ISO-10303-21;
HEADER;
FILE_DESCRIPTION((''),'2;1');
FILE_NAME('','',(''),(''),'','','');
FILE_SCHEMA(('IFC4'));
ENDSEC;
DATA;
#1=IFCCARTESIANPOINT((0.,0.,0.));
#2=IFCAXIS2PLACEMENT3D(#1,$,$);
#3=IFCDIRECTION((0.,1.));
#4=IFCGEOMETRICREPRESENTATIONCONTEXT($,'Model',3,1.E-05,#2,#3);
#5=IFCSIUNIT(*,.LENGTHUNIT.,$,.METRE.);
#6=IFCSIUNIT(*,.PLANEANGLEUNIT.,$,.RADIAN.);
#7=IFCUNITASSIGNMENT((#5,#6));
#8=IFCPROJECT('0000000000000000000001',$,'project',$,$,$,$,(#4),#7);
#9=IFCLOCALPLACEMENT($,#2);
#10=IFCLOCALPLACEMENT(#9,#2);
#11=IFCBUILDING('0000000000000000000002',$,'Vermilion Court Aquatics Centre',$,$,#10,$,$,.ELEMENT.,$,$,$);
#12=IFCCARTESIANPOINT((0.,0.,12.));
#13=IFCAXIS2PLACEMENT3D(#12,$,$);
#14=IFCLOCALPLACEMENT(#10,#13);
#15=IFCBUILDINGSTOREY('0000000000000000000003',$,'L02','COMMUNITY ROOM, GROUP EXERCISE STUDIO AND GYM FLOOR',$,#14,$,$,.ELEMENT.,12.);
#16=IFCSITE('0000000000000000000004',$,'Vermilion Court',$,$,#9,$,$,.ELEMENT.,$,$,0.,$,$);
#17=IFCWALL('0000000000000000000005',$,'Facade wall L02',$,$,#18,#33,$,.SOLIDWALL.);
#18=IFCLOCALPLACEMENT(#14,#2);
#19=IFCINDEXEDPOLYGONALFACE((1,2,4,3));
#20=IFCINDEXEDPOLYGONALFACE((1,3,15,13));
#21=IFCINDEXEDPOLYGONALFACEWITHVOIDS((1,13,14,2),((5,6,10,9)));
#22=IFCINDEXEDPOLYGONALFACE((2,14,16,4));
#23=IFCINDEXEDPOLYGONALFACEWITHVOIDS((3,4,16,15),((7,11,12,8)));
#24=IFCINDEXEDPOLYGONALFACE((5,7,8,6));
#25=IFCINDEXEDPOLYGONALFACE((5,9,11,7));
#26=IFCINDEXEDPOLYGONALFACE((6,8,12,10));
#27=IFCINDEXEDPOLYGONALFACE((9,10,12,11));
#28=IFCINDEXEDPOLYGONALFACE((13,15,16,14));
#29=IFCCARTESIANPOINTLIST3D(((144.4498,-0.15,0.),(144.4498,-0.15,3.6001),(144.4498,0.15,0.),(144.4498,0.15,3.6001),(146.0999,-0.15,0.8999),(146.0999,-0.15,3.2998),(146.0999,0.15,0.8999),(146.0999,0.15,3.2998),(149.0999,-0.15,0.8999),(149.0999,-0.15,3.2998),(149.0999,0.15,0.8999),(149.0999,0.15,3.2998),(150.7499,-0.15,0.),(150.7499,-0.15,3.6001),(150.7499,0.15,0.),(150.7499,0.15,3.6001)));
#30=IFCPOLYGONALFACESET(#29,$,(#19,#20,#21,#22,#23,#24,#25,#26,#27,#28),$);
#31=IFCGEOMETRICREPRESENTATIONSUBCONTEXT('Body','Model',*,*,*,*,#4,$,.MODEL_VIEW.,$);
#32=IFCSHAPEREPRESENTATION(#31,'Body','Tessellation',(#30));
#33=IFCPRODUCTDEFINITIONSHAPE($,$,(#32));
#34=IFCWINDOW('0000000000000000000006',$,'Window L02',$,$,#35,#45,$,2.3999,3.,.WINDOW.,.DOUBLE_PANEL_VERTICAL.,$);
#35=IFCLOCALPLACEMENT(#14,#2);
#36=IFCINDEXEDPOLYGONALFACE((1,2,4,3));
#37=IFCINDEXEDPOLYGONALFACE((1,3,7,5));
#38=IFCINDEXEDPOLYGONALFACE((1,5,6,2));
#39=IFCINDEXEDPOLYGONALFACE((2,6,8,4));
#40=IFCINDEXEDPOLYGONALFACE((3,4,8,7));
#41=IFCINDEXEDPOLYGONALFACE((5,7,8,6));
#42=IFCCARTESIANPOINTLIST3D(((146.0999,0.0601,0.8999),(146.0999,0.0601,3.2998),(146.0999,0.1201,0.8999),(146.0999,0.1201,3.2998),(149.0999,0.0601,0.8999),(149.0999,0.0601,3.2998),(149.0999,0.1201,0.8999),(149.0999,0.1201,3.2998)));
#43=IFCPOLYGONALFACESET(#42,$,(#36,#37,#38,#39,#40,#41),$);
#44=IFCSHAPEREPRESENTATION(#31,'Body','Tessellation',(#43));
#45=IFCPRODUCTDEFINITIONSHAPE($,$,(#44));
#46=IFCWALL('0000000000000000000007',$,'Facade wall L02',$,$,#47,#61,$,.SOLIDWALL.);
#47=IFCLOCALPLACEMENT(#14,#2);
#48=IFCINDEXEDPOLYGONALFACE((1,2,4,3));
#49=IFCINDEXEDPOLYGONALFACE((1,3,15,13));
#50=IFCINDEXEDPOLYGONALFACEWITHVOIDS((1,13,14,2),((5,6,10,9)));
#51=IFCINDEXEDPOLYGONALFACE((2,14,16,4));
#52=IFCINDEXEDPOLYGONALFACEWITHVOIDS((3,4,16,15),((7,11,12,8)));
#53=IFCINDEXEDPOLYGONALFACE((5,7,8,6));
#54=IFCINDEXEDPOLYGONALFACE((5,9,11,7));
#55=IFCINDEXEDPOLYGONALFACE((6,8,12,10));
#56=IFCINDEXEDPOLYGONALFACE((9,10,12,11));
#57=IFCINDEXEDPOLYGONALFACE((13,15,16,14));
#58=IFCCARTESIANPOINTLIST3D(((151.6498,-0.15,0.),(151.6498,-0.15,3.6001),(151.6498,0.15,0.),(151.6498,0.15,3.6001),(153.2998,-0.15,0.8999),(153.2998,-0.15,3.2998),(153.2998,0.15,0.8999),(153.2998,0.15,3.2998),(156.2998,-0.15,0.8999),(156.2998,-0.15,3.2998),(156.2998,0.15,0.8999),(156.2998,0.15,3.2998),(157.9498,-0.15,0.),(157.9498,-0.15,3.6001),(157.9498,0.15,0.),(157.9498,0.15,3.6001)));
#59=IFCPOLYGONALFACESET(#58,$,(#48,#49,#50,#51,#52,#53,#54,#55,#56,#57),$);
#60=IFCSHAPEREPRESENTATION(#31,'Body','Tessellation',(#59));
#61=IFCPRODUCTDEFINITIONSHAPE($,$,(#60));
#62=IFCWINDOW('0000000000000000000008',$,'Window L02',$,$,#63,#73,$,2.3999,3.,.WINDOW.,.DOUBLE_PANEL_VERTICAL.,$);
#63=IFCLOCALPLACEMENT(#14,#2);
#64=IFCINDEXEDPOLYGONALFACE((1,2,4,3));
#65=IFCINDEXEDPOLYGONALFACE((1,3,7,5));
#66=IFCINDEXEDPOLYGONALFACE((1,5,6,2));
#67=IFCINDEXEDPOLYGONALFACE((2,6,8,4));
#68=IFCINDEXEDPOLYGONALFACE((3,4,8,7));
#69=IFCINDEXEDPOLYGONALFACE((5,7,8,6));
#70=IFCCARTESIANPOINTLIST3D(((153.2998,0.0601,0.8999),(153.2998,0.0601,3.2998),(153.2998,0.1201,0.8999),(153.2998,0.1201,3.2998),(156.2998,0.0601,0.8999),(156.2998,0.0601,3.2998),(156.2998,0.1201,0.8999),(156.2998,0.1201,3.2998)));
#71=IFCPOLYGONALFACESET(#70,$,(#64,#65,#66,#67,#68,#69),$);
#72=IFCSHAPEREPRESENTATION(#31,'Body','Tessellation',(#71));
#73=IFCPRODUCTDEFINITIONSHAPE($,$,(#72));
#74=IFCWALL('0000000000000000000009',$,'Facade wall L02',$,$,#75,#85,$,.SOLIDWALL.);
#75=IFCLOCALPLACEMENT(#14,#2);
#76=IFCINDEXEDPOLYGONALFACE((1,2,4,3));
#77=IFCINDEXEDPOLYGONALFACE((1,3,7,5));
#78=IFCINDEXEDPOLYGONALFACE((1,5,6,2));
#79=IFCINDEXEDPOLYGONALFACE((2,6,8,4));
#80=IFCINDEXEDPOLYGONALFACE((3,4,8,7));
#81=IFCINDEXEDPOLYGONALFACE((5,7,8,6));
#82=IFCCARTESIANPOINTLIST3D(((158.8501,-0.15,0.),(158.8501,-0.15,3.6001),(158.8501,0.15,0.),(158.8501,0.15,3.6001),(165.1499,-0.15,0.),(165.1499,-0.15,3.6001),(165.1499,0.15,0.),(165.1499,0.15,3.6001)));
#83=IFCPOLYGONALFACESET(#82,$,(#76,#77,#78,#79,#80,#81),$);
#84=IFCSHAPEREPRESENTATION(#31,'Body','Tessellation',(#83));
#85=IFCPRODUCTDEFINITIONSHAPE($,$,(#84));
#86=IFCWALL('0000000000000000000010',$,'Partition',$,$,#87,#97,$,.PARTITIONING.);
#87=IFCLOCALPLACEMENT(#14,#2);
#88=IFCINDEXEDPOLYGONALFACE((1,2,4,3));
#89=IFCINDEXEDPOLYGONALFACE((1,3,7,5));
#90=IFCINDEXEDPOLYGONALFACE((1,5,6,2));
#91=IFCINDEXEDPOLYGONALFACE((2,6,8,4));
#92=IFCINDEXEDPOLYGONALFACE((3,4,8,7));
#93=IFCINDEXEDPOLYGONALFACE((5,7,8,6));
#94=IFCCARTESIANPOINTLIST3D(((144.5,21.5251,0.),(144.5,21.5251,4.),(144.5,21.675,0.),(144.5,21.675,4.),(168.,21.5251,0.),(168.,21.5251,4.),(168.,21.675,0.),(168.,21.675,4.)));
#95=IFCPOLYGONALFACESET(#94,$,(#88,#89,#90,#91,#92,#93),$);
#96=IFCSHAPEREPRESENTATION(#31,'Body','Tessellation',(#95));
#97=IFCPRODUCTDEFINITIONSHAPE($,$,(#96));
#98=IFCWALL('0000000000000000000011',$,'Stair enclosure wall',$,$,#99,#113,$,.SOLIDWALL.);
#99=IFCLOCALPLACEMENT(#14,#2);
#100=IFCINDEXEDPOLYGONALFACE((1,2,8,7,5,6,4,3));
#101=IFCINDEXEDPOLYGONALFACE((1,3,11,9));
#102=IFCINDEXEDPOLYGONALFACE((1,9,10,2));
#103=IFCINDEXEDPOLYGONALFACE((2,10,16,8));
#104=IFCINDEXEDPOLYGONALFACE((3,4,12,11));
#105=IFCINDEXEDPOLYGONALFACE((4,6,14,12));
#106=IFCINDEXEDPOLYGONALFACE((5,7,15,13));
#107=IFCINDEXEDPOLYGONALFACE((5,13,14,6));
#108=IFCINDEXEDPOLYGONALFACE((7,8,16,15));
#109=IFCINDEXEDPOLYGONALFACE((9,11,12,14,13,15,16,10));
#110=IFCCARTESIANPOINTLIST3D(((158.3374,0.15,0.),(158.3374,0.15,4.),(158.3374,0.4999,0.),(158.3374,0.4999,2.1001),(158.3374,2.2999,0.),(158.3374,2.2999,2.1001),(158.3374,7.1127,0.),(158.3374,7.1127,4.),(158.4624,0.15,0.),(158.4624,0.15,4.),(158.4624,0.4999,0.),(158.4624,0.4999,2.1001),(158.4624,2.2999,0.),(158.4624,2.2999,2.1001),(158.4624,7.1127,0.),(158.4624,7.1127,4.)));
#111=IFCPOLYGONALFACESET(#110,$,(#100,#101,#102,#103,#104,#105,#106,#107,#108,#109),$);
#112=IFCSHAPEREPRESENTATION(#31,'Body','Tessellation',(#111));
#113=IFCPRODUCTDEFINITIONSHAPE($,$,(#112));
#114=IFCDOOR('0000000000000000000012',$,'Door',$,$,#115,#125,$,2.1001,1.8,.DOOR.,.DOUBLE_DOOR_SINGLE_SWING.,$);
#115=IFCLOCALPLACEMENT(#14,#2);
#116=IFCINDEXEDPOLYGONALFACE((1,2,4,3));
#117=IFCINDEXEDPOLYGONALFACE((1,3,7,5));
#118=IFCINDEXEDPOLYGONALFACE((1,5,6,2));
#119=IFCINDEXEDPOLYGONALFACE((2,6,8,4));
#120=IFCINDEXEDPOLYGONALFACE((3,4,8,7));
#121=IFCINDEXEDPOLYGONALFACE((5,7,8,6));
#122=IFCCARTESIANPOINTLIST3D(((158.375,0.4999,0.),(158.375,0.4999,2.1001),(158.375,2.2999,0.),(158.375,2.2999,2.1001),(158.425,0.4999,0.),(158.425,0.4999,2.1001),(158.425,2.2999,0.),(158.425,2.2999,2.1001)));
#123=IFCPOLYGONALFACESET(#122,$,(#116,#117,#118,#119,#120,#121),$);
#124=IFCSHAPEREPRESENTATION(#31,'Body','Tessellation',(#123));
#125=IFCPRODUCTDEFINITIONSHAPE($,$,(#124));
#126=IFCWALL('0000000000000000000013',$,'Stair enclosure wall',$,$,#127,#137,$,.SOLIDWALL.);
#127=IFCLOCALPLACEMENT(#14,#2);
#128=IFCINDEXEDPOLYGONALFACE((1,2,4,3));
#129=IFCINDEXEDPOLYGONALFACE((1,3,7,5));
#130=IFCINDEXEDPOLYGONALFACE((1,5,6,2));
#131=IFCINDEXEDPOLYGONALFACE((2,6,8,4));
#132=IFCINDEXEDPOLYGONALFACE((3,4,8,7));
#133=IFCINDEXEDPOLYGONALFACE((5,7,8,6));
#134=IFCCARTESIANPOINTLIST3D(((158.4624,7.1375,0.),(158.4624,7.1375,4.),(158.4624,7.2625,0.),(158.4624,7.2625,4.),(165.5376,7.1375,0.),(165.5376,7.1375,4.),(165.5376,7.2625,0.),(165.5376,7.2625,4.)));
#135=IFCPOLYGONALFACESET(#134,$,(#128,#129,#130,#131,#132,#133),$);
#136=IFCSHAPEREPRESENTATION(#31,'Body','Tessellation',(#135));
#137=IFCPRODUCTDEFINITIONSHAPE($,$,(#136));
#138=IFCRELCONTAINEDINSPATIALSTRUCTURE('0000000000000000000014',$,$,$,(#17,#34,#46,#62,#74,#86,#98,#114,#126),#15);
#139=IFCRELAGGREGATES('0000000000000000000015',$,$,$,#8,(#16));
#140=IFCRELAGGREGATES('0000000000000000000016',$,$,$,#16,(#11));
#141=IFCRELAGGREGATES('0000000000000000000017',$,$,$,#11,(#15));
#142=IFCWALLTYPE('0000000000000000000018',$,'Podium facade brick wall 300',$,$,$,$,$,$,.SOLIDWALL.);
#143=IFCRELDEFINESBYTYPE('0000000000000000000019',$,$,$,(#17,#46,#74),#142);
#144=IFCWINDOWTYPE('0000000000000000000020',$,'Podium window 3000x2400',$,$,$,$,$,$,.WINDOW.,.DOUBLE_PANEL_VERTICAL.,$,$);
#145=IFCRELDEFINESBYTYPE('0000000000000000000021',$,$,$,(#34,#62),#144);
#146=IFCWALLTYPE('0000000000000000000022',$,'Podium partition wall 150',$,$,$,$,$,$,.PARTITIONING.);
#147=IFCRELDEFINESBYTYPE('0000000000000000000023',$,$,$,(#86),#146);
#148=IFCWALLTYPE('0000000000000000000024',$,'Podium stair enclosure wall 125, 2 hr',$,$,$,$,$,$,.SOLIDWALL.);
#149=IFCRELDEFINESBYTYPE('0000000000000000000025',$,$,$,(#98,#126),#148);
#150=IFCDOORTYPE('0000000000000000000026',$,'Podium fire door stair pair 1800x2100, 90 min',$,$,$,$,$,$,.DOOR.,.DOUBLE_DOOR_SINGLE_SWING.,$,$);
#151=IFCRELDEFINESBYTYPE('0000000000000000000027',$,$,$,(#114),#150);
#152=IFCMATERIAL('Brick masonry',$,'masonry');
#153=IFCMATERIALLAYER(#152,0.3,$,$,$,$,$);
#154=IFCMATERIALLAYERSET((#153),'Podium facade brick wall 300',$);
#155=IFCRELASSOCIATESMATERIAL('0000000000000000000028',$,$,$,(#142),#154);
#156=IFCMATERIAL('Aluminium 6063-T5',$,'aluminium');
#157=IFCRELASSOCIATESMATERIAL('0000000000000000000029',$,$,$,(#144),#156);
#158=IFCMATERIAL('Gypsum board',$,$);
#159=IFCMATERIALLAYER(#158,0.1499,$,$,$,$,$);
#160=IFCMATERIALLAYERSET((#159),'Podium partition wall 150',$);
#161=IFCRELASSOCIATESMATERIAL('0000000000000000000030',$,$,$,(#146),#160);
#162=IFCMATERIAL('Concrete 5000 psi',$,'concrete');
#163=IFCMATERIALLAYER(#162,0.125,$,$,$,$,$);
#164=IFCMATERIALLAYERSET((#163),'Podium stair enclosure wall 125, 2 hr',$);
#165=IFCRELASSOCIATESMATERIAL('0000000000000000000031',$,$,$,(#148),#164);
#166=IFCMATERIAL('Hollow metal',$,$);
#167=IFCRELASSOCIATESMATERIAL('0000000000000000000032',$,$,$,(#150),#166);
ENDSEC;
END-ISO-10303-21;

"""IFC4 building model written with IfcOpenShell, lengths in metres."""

from ifc_helpers import new_model, si_unit, direction, frame, frame_2d, origin, place, context, subcontext, project, spatial, rectangle, extrude, material, layer, layer_set, type_object, element, fill, save


model = new_model("IFC4")

# Units and contexts
model_context = context("Model", 3, precision=1e-05, world=origin(), true_north=direction((0.0, 1.0)))
body_context = subcontext(model_context, "Body", "Model", "MODEL_VIEW")
ifc_project = project(units=[si_unit("LENGTHUNIT", "METRE"), si_unit("PLANEANGLEUNIT", "RADIAN")], contexts=[model_context])

# Site, building, storey
site_placement = place(None, origin())
site = spatial("IfcSite", under=ifc_project, at=site_placement, Name="Vermilion Court", CompositionType="ELEMENT", RefElevation=0.0)
building_placement = place(site_placement, origin())
building = spatial("IfcBuilding", under=site, at=building_placement, Name="Vermilion Court Aquatics Centre", CompositionType="ELEMENT")
storey_placement = place(building_placement, frame((0.0, 0.0, 12.0)))
storey = spatial("IfcBuildingStorey", under=building, at=storey_placement, Name="L02", Description="COMMUNITY ROOM, GROUP EXERCISE STUDIO AND GYM FLOOR", CompositionType="ELEMENT", Elevation=12.0)

# Walls, openings, windows
ifc_material_1 = material(Name="Brick masonry", Category="masonry")
ifc_layer_1 = layer(ifc_material_1, 0.3)
ifc_layer_set_1 = layer_set([ifc_layer_1], Name="Podium facade brick wall 300")
wall_type_1 = type_object("IfcWallType", Name="Podium facade brick wall 300", PredefinedType="SOLIDWALL", material=ifc_layer_set_1)
wall_1_placement = place(storey_placement, frame((144.45, 0.0, 0.0), z_axis=(0.0, 0.0, 1.0), x_axis=(1.0, 0.0, 0.0)))
wall_1 = element("IfcWall", 1, at=wall_1_placement, inside=storey, type_object=wall_type_1, Name="Facade wall L02", PredefinedType="SOLIDWALL", context=body_context, shape_type="SweptSolid", body=[
    extrude(rectangle(XDim=6.3, YDim=0.3, at=frame_2d((3.1499, 0.0))), origin(), (0.0, 0.0, 1.0), 3.6001),
])
opening_1_placement = place(wall_1_placement, frame((1.6499, 0.0, 0.8999)))
opening_1 = element("IfcOpeningElement", 2, at=opening_1_placement, cuts=wall_1, PredefinedType="OPENING", context=body_context, shape_type="SweptSolid", body=[
    extrude(rectangle(XDim=3.0, YDim=2.3999, at=frame_2d((1.5, 1.2))), frame((0.0, 0.1599, 0.0), z_axis=(0.0, -1.0, 0.0), x_axis=(1.0, 0.0, 0.0)), (0.0, 0.0, 1.0), 0.3201),
])
ifc_material_2 = material(Name="Aluminium 6063-T5", Category="aluminium")
window_type = type_object("IfcWindowType", Name="Podium window 3000x2400", PartitioningType="DOUBLE_PANEL_VERTICAL", PredefinedType="WINDOW", material=ifc_material_2)
window_1_placement = place(opening_1_placement, origin())
window_1 = element("IfcWindow", 3, at=window_1_placement, inside=storey, type_object=window_type, Name="Window L02", OverallHeight=2.3999, OverallWidth=3.0, PartitioningType="DOUBLE_PANEL_VERTICAL", PredefinedType="WINDOW", context=body_context, shape_type="SweptSolid", body=[
    extrude(rectangle(XDim=3.0, YDim=2.3999, at=frame_2d((1.5, 1.2))), frame((0.0, 0.1201, 0.0), z_axis=(0.0, -1.0, 0.0), x_axis=(1.0, 0.0, 0.0)), (0.0, 0.0, 1.0), 0.0601),
])
fill(opening_1, window_1)
wall_2_placement = place(storey_placement, frame((151.6499, 0.0, 0.0), z_axis=(0.0, 0.0, 1.0), x_axis=(1.0, 0.0, 0.0)))
wall_2 = element("IfcWall", 4, at=wall_2_placement, inside=storey, type_object=wall_type_1, Name="Facade wall L02", PredefinedType="SOLIDWALL", context=body_context, shape_type="SweptSolid", body=[
    extrude(rectangle(XDim=6.3, YDim=0.3, at=frame_2d((3.1499, 0.0))), origin(), (0.0, 0.0, 1.0), 3.6001),
])
opening_2_placement = place(wall_2_placement, frame((1.6499, 0.0, 0.8999)))
opening_2 = element("IfcOpeningElement", 5, at=opening_2_placement, cuts=wall_2, PredefinedType="OPENING", context=body_context, shape_type="SweptSolid", body=[
    extrude(rectangle(XDim=3.0, YDim=2.3999, at=frame_2d((1.5, 1.2))), frame((0.0, 0.1599, 0.0), z_axis=(0.0, -1.0, 0.0), x_axis=(1.0, 0.0, 0.0)), (0.0, 0.0, 1.0), 0.3201),
])
window_2_placement = place(opening_2_placement, origin())
window_2 = element("IfcWindow", 6, at=window_2_placement, inside=storey, type_object=window_type, Name="Window L02", OverallHeight=2.3999, OverallWidth=3.0, PartitioningType="DOUBLE_PANEL_VERTICAL", PredefinedType="WINDOW", context=body_context, shape_type="SweptSolid", body=[
    extrude(rectangle(XDim=3.0, YDim=2.3999, at=frame_2d((1.5, 1.2))), frame((0.0, 0.1201, 0.0), z_axis=(0.0, -1.0, 0.0), x_axis=(1.0, 0.0, 0.0)), (0.0, 0.0, 1.0), 0.0601),
])
fill(opening_2, window_2)

# Walls
wall_3_placement = place(storey_placement, frame((158.8501, 0.0, 0.0), z_axis=(0.0, 0.0, 1.0), x_axis=(1.0, 0.0, 0.0)))
element("IfcWall", 7, at=wall_3_placement, inside=storey, type_object=wall_type_1, Name="Facade wall L02", PredefinedType="SOLIDWALL", context=body_context, shape_type="SweptSolid", body=[
    extrude(rectangle(XDim=6.2998, YDim=0.3, at=frame_2d((3.1499, 0.0))), origin(), (0.0, 0.0, 1.0), 3.6001),
])
ifc_material_3 = material(Name="Gypsum board")
ifc_layer_2 = layer(ifc_material_3, 0.1499)
ifc_layer_set_2 = layer_set([ifc_layer_2], Name="Podium partition wall 150")
wall_type_2 = type_object("IfcWallType", Name="Podium partition wall 150", PredefinedType="PARTITIONING", material=ifc_layer_set_2)
wall_4_placement = place(storey_placement, frame((144.5, 21.6001, 0.0), z_axis=(0.0, 0.0, 1.0), x_axis=(1.0, 0.0, 0.0)))
element("IfcWall", 8, at=wall_4_placement, inside=storey, type_object=wall_type_2, Name="Partition", PredefinedType="PARTITIONING", context=body_context, shape_type="SweptSolid", body=[
    extrude(rectangle(XDim=23.5, YDim=0.1499, at=frame_2d((11.75, 0.0))), origin(), (0.0, 0.0, 1.0), 4.0),
])

# Wall, opening, door
ifc_material_4 = material(Name="Concrete 5000 psi", Category="concrete")
ifc_layer_3 = layer(ifc_material_4, 0.125)
ifc_layer_set_3 = layer_set([ifc_layer_3], Name="Podium stair enclosure wall 125, 2 hr")
wall_type_3 = type_object("IfcWallType", Name="Podium stair enclosure wall 125, 2 hr", PredefinedType="SOLIDWALL", material=ifc_layer_set_3)
wall_5_placement = place(storey_placement, frame((158.3999, 0.1499, 0.0), z_axis=(0.0, 0.0, 1.0), x_axis=(0.0, 1.0, 0.0)))
wall_5 = element("IfcWall", 9, at=wall_5_placement, inside=storey, type_object=wall_type_3, Name="Stair enclosure wall", PredefinedType="SOLIDWALL", context=body_context, shape_type="SweptSolid", body=[
    extrude(rectangle(XDim=6.9626, YDim=0.125, at=frame_2d((3.4814, 0.0))), origin(), (0.0, 0.0, 1.0), 4.0),
])
opening_3_placement = place(wall_5_placement, frame((0.3501, 0.0, 0.0)))
opening_3 = element("IfcOpeningElement", 10, at=opening_3_placement, cuts=wall_5, PredefinedType="OPENING", context=body_context, shape_type="SweptSolid", body=[
    extrude(rectangle(XDim=1.8, YDim=2.1001, at=frame_2d((0.8999, 1.05))), frame((0.0, 0.0725, 0.0), z_axis=(0.0, -1.0, 0.0), x_axis=(1.0, 0.0, 0.0)), (0.0, 0.0, 1.0), 0.145),
])
ifc_material_5 = material(Name="Hollow metal")
door_type_1 = type_object("IfcDoorType", Name="Podium fire door stair pair 1800x2100, 90 min", OperationType="DOUBLE_DOOR_SINGLE_SWING", PredefinedType="DOOR", material=ifc_material_5)
door_1_placement = place(opening_3_placement, frame((1.8, 0.0, 0.0), z_axis=(0.0, 0.0, 1.0), x_axis=(-1.0, 0.0, 0.0)))
door_1 = element("IfcDoor", 11, at=door_1_placement, inside=storey, type_object=door_type_1, Name="Door", OperationType="DOUBLE_DOOR_SINGLE_SWING", OverallHeight=2.1001, OverallWidth=1.8, PredefinedType="DOOR", context=body_context, shape_type="SweptSolid", body=[
    extrude(rectangle(XDim=1.8, YDim=2.1001, at=frame_2d((0.9001, 1.05))), frame((0.0, 0.0251, 0.0), z_axis=(0.0, -1.0, 0.0), x_axis=(1.0, 0.0, 0.0)), (0.0, 0.0, 1.0), 0.05),
])
fill(opening_3, door_1)

# Wall
wall_6_placement = place(storey_placement, frame((158.4624, 7.2, 0.0), z_axis=(0.0, 0.0, 1.0), x_axis=(1.0, 0.0, 0.0)))
element("IfcWall", 12, at=wall_6_placement, inside=storey, type_object=wall_type_3, Name="Stair enclosure wall", PredefinedType="SOLIDWALL", context=body_context, shape_type="SweptSolid", body=[
    extrude(rectangle(XDim=7.0752, YDim=0.125, at=frame_2d((3.5376, 0.0))), origin(), (0.0, 0.0, 1.0), 4.0),
])

save(model, "model.ifc")
